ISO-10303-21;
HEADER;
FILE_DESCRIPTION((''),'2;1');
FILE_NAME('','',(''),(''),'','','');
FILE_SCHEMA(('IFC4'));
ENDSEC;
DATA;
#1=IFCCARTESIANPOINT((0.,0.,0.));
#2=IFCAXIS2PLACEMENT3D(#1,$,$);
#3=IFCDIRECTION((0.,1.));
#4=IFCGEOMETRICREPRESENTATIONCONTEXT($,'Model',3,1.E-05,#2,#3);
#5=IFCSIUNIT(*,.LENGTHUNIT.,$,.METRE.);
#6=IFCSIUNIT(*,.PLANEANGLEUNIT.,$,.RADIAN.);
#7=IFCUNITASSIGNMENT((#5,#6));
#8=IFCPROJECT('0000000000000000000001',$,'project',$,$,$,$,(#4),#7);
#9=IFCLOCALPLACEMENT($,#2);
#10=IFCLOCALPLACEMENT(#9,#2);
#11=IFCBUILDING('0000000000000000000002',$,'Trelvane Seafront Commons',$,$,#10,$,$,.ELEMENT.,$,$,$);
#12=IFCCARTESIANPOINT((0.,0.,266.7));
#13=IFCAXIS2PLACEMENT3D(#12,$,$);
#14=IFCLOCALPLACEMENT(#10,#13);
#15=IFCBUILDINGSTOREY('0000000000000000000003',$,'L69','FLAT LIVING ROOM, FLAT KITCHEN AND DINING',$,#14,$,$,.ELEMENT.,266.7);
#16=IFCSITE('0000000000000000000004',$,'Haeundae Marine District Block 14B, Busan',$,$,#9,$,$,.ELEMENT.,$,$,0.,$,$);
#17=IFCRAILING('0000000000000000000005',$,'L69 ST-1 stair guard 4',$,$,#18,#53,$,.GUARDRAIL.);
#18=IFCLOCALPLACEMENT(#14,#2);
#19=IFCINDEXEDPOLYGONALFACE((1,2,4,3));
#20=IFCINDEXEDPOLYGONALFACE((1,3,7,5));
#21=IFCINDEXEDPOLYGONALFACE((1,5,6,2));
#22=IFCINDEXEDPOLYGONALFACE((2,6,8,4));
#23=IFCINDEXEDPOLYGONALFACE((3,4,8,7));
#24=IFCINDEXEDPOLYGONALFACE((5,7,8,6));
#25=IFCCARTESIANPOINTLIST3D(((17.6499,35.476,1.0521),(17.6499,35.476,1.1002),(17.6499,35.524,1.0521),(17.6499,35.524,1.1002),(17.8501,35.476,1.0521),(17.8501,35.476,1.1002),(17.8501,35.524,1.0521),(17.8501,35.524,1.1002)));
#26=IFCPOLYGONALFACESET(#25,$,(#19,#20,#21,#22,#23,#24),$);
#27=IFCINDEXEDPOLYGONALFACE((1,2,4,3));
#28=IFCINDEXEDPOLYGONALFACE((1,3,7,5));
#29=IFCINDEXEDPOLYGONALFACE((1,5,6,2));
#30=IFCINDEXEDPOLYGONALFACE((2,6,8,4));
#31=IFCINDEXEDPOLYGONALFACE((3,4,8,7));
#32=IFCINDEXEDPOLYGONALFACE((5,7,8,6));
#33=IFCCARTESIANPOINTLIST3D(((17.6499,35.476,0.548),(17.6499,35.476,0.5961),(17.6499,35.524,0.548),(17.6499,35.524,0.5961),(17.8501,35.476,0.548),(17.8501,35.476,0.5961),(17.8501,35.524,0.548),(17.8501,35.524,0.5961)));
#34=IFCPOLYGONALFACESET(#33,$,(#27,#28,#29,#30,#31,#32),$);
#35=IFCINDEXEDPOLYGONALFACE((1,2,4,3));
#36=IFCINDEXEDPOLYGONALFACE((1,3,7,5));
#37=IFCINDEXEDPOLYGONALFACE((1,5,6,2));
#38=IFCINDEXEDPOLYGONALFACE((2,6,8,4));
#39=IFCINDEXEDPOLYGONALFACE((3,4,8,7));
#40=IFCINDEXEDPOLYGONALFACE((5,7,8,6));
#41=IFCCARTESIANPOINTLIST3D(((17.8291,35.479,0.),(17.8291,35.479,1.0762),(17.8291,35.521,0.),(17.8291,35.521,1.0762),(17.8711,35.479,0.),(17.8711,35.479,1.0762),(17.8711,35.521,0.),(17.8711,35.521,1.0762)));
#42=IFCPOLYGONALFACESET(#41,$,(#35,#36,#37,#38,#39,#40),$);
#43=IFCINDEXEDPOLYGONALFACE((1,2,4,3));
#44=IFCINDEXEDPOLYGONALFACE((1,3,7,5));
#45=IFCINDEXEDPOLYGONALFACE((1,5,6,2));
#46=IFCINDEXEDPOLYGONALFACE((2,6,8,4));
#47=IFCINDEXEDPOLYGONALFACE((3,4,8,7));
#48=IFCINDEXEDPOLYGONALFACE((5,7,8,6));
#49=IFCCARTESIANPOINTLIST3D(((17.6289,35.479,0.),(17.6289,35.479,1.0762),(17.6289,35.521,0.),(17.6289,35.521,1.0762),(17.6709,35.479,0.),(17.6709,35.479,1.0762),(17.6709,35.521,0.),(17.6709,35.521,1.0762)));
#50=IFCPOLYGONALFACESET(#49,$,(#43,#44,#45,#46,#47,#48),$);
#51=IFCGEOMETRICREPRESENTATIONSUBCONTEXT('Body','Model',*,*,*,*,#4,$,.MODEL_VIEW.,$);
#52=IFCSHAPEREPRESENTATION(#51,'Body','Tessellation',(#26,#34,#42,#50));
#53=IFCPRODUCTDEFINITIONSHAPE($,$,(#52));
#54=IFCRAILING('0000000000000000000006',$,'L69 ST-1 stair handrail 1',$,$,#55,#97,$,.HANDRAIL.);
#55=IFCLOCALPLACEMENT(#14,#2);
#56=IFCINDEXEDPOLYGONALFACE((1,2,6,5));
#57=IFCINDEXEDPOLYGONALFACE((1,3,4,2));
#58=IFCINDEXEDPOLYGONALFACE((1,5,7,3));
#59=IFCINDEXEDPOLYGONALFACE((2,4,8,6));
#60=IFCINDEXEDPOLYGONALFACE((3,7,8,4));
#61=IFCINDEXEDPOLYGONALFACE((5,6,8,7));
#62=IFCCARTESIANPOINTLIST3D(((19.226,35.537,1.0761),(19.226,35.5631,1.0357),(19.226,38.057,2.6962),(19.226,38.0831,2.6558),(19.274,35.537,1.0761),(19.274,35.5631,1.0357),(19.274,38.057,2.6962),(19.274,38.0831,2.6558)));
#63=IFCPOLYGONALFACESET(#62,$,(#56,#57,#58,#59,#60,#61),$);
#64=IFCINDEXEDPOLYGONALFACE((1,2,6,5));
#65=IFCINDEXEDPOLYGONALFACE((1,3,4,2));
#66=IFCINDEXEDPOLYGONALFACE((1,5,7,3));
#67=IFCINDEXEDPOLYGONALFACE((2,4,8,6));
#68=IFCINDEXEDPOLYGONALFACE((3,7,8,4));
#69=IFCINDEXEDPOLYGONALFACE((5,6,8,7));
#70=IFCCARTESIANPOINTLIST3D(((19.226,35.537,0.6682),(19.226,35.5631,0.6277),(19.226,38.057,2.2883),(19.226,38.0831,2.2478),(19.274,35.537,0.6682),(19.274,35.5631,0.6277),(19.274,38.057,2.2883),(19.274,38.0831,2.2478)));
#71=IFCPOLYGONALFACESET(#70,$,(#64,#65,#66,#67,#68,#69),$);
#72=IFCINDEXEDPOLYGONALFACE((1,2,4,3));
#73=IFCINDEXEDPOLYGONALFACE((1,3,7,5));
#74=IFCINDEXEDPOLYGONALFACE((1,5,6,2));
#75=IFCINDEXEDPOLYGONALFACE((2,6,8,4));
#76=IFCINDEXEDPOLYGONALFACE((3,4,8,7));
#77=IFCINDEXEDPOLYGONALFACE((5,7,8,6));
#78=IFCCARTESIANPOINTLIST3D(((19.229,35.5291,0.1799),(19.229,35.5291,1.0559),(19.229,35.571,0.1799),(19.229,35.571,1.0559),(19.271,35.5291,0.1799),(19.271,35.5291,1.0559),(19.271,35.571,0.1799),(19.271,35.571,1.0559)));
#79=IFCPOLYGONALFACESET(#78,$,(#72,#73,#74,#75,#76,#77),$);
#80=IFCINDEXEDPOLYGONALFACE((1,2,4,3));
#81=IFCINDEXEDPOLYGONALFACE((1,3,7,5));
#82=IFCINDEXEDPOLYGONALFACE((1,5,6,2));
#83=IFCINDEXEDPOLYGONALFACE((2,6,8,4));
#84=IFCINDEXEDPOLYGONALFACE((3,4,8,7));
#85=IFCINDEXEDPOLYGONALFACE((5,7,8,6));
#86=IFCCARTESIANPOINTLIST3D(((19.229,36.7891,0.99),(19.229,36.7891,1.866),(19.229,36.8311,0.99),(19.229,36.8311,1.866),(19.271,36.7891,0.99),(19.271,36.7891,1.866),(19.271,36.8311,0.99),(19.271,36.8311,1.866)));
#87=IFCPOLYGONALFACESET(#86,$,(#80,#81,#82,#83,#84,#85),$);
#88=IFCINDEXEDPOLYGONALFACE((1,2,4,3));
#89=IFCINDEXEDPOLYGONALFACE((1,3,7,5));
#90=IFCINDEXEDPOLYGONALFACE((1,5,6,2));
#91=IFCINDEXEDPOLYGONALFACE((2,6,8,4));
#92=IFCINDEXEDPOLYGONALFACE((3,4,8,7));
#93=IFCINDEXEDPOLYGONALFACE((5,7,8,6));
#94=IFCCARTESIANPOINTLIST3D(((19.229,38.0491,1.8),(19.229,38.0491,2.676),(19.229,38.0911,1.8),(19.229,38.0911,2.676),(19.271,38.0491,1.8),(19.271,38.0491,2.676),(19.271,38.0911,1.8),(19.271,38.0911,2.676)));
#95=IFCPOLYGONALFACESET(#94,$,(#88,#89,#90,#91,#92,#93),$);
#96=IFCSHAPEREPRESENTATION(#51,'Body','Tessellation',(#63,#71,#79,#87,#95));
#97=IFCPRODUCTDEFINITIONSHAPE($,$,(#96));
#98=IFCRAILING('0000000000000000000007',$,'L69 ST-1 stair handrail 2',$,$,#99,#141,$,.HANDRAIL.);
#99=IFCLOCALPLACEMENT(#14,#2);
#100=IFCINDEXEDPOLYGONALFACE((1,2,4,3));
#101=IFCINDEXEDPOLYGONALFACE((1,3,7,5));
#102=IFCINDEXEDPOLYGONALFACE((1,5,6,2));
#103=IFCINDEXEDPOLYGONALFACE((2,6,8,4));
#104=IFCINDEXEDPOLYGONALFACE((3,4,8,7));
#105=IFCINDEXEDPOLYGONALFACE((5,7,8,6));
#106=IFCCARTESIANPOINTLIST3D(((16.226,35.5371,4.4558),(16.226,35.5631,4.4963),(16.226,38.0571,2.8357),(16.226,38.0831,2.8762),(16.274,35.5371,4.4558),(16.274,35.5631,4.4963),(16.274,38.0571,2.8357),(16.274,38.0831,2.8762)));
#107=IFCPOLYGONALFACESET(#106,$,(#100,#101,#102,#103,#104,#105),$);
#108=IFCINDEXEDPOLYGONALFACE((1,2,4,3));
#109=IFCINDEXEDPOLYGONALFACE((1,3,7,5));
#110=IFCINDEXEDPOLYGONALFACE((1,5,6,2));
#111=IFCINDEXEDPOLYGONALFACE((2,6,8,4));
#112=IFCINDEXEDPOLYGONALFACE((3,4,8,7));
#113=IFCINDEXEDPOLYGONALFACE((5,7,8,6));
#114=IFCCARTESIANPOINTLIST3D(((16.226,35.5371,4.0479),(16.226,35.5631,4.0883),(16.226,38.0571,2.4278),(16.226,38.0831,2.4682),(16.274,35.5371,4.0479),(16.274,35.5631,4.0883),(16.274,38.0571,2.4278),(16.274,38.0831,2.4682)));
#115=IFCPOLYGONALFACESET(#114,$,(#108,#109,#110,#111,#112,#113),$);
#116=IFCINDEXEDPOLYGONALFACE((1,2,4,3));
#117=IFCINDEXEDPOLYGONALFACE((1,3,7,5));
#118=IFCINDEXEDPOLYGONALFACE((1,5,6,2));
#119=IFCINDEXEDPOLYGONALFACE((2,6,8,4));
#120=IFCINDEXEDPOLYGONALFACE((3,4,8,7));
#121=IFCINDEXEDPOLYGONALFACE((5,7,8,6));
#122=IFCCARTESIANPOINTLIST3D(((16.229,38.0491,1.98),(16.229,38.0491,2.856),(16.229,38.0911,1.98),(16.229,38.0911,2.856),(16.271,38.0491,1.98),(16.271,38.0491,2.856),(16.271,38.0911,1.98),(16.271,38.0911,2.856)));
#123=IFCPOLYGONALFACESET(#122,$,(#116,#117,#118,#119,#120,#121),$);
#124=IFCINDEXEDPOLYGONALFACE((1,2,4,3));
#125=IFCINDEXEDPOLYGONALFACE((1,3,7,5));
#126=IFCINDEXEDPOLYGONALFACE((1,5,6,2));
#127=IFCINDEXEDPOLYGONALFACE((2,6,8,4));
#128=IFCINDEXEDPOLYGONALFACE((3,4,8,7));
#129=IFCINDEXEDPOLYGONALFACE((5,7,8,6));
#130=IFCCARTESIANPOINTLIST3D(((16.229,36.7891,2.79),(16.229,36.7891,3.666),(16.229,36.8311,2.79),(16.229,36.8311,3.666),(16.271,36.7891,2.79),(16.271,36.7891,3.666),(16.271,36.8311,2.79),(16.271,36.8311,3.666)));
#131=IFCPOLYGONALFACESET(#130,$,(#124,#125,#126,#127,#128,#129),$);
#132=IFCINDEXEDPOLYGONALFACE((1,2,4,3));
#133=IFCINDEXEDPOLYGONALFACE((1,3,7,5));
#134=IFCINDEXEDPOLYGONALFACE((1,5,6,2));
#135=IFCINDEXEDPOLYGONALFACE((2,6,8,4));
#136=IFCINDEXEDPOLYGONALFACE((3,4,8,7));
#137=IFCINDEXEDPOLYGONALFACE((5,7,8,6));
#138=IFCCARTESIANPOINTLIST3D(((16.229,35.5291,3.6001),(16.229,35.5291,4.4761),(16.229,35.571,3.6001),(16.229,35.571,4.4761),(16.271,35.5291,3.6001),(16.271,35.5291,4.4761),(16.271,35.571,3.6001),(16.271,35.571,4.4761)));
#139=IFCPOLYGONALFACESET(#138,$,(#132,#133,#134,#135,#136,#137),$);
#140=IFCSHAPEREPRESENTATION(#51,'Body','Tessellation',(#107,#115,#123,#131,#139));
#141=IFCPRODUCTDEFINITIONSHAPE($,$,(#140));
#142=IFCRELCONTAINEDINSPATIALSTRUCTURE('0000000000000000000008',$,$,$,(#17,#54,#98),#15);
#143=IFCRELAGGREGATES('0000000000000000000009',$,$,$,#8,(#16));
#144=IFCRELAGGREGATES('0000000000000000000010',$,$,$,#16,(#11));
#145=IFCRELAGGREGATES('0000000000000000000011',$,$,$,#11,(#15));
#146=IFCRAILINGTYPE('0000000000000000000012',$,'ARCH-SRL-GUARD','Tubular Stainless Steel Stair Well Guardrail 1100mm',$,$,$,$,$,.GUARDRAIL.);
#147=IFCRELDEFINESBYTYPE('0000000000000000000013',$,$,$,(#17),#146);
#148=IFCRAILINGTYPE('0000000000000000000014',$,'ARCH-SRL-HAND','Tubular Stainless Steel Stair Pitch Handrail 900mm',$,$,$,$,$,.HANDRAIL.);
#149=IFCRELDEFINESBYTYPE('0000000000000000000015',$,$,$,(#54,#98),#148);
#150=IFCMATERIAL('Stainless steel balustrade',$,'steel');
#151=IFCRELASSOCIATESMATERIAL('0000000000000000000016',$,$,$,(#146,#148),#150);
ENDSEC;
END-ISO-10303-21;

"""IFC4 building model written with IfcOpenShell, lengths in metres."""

from ifc_helpers import new_model, si_unit, direction, frame, origin, origin_2d, place, context, subcontext, project, spatial, rectangle, extrude, material, type_object, element, save


model = new_model("IFC4")

# Units and contexts
model_context = context("Model", 3, precision=1e-05, world=origin(), true_north=direction((0.0, 1.0)))
body_context = subcontext(model_context, "Body", "Model", "MODEL_VIEW")
ifc_project = project(units=[si_unit("LENGTHUNIT", "METRE"), si_unit("PLANEANGLEUNIT", "RADIAN")], contexts=[model_context])

# Site, building, storey
site_placement = place(None, origin())
site = spatial("IfcSite", under=ifc_project, at=site_placement, Name="Haeundae Marine District Block 14B, Busan", CompositionType="ELEMENT", RefElevation=0.0)
building_placement = place(site_placement, origin())
building = spatial("IfcBuilding", under=site, at=building_placement, Name="Trelvane Seafront Commons", CompositionType="ELEMENT")
storey_placement = place(building_placement, frame((0.0, 0.0, 266.7)))
storey = spatial("IfcBuildingStorey", under=building, at=storey_placement, Name="L69", Description="FLAT LIVING ROOM, FLAT KITCHEN AND DINING", CompositionType="ELEMENT", Elevation=266.7)

# Shared definitions
ifc_material_1 = material(Name="Stainless steel balustrade", Category="steel")

# Railings
railing_type_1 = type_object("IfcRailingType", Name="ARCH-SRL-GUARD", Description="Tubular Stainless Steel Stair Well Guardrail 1100mm", PredefinedType="GUARDRAIL", material=ifc_material_1)
railing_1_placement = place(storey_placement, frame((17.8501, 35.5, 0.0)))
element("IfcRailing", 1, at=railing_1_placement, inside=storey, type_object=railing_type_1, Name="L69 ST-1 stair guard 4", PredefinedType="GUARDRAIL", context=body_context, shape_type="SweptSolid", body=[
    extrude(rectangle(XDim=0.0481, YDim=0.0481, at=origin_2d()), frame((0.0, 0.0, 1.0762), z_axis=(-1.0, 0.0, 0.0), x_axis=(0.0, -1.0, 0.0)), (0.0, 0.0, 1.0), 0.2002),
    extrude(rectangle(XDim=0.0481, YDim=0.0481, at=origin_2d()), frame((0.0, 0.0, 0.572), z_axis=(-1.0, 0.0, 0.0), x_axis=(0.0, -1.0, 0.0)), (0.0, 0.0, 1.0), 0.2002),
    extrude(rectangle(XDim=0.042, YDim=0.042, at=origin_2d()), origin(), (0.0, 0.0, 1.0), 1.0762),
    extrude(rectangle(XDim=0.042, YDim=0.042, at=origin_2d()), frame((-0.2002, 0.0, 0.0)), (0.0, 0.0, 1.0), 1.0762),
])
railing_type_2 = type_object("IfcRailingType", Name="ARCH-SRL-HAND", Description="Tubular Stainless Steel Stair Pitch Handrail 900mm", PredefinedType="HANDRAIL", material=ifc_material_1)
railing_2_placement = place(storey_placement, frame((19.25, 35.55, 0.1799)))
element("IfcRailing", 2, at=railing_2_placement, inside=storey, type_object=railing_type_2, Name="L69 ST-1 stair handrail 1", PredefinedType="HANDRAIL", context=body_context, shape_type="SweptSolid", body=[
    extrude(rectangle(XDim=0.0481, YDim=0.0481, at=origin_2d()), frame((0.0, 0.0, 0.876), z_axis=(0.0, 0.841163, 0.540782), x_axis=(-1.0, 0.0, 0.0)), (0.0, 0.0, 1.0), 2.9958),
    extrude(rectangle(XDim=0.0481, YDim=0.0481, at=origin_2d()), frame((0.0, 0.0, 0.468), z_axis=(0.0, 0.841163, 0.540782), x_axis=(-1.0, 0.0, 0.0)), (0.0, 0.0, 1.0), 2.9958),
    extrude(rectangle(XDim=0.042, YDim=0.042, at=origin_2d()), origin(), (0.0, 0.0, 1.0), 0.876),
    extrude(rectangle(XDim=0.042, YDim=0.042, at=origin_2d()), frame((0.0, 1.26, 0.8101)), (0.0, 0.0, 1.0), 0.876),
    extrude(rectangle(XDim=0.042, YDim=0.042, at=origin_2d()), frame((0.0, 2.52, 1.6201)), (0.0, 0.0, 1.0), 0.876),
])
railing_3_placement = place(storey_placement, frame((16.25, 38.0701, 1.98)))
element("IfcRailing", 3, at=railing_3_placement, inside=storey, type_object=railing_type_2, Name="L69 ST-1 stair handrail 2", PredefinedType="HANDRAIL", context=body_context, shape_type="SweptSolid", body=[
    extrude(rectangle(XDim=0.0481, YDim=0.0481, at=origin_2d()), frame((0.0, 0.0, 0.876), z_axis=(0.0, -0.841163, 0.540782), x_axis=(1.0, 0.0, 0.0)), (0.0, 0.0, 1.0), 2.9958),
    extrude(rectangle(XDim=0.0481, YDim=0.0481, at=origin_2d()), frame((0.0, 0.0, 0.468), z_axis=(0.0, -0.841163, 0.540782), x_axis=(1.0, 0.0, 0.0)), (0.0, 0.0, 1.0), 2.9958),
    extrude(rectangle(XDim=0.042, YDim=0.042, at=origin_2d()), origin(), (0.0, 0.0, 1.0), 0.876),
    extrude(rectangle(XDim=0.042, YDim=0.042, at=origin_2d()), frame((0.0, -1.26, 0.8101)), (0.0, 0.0, 1.0), 0.876),
    extrude(rectangle(XDim=0.042, YDim=0.042, at=origin_2d()), frame((0.0, -2.52, 1.6201)), (0.0, 0.0, 1.0), 0.876),
])

save(model, "model.ifc")
